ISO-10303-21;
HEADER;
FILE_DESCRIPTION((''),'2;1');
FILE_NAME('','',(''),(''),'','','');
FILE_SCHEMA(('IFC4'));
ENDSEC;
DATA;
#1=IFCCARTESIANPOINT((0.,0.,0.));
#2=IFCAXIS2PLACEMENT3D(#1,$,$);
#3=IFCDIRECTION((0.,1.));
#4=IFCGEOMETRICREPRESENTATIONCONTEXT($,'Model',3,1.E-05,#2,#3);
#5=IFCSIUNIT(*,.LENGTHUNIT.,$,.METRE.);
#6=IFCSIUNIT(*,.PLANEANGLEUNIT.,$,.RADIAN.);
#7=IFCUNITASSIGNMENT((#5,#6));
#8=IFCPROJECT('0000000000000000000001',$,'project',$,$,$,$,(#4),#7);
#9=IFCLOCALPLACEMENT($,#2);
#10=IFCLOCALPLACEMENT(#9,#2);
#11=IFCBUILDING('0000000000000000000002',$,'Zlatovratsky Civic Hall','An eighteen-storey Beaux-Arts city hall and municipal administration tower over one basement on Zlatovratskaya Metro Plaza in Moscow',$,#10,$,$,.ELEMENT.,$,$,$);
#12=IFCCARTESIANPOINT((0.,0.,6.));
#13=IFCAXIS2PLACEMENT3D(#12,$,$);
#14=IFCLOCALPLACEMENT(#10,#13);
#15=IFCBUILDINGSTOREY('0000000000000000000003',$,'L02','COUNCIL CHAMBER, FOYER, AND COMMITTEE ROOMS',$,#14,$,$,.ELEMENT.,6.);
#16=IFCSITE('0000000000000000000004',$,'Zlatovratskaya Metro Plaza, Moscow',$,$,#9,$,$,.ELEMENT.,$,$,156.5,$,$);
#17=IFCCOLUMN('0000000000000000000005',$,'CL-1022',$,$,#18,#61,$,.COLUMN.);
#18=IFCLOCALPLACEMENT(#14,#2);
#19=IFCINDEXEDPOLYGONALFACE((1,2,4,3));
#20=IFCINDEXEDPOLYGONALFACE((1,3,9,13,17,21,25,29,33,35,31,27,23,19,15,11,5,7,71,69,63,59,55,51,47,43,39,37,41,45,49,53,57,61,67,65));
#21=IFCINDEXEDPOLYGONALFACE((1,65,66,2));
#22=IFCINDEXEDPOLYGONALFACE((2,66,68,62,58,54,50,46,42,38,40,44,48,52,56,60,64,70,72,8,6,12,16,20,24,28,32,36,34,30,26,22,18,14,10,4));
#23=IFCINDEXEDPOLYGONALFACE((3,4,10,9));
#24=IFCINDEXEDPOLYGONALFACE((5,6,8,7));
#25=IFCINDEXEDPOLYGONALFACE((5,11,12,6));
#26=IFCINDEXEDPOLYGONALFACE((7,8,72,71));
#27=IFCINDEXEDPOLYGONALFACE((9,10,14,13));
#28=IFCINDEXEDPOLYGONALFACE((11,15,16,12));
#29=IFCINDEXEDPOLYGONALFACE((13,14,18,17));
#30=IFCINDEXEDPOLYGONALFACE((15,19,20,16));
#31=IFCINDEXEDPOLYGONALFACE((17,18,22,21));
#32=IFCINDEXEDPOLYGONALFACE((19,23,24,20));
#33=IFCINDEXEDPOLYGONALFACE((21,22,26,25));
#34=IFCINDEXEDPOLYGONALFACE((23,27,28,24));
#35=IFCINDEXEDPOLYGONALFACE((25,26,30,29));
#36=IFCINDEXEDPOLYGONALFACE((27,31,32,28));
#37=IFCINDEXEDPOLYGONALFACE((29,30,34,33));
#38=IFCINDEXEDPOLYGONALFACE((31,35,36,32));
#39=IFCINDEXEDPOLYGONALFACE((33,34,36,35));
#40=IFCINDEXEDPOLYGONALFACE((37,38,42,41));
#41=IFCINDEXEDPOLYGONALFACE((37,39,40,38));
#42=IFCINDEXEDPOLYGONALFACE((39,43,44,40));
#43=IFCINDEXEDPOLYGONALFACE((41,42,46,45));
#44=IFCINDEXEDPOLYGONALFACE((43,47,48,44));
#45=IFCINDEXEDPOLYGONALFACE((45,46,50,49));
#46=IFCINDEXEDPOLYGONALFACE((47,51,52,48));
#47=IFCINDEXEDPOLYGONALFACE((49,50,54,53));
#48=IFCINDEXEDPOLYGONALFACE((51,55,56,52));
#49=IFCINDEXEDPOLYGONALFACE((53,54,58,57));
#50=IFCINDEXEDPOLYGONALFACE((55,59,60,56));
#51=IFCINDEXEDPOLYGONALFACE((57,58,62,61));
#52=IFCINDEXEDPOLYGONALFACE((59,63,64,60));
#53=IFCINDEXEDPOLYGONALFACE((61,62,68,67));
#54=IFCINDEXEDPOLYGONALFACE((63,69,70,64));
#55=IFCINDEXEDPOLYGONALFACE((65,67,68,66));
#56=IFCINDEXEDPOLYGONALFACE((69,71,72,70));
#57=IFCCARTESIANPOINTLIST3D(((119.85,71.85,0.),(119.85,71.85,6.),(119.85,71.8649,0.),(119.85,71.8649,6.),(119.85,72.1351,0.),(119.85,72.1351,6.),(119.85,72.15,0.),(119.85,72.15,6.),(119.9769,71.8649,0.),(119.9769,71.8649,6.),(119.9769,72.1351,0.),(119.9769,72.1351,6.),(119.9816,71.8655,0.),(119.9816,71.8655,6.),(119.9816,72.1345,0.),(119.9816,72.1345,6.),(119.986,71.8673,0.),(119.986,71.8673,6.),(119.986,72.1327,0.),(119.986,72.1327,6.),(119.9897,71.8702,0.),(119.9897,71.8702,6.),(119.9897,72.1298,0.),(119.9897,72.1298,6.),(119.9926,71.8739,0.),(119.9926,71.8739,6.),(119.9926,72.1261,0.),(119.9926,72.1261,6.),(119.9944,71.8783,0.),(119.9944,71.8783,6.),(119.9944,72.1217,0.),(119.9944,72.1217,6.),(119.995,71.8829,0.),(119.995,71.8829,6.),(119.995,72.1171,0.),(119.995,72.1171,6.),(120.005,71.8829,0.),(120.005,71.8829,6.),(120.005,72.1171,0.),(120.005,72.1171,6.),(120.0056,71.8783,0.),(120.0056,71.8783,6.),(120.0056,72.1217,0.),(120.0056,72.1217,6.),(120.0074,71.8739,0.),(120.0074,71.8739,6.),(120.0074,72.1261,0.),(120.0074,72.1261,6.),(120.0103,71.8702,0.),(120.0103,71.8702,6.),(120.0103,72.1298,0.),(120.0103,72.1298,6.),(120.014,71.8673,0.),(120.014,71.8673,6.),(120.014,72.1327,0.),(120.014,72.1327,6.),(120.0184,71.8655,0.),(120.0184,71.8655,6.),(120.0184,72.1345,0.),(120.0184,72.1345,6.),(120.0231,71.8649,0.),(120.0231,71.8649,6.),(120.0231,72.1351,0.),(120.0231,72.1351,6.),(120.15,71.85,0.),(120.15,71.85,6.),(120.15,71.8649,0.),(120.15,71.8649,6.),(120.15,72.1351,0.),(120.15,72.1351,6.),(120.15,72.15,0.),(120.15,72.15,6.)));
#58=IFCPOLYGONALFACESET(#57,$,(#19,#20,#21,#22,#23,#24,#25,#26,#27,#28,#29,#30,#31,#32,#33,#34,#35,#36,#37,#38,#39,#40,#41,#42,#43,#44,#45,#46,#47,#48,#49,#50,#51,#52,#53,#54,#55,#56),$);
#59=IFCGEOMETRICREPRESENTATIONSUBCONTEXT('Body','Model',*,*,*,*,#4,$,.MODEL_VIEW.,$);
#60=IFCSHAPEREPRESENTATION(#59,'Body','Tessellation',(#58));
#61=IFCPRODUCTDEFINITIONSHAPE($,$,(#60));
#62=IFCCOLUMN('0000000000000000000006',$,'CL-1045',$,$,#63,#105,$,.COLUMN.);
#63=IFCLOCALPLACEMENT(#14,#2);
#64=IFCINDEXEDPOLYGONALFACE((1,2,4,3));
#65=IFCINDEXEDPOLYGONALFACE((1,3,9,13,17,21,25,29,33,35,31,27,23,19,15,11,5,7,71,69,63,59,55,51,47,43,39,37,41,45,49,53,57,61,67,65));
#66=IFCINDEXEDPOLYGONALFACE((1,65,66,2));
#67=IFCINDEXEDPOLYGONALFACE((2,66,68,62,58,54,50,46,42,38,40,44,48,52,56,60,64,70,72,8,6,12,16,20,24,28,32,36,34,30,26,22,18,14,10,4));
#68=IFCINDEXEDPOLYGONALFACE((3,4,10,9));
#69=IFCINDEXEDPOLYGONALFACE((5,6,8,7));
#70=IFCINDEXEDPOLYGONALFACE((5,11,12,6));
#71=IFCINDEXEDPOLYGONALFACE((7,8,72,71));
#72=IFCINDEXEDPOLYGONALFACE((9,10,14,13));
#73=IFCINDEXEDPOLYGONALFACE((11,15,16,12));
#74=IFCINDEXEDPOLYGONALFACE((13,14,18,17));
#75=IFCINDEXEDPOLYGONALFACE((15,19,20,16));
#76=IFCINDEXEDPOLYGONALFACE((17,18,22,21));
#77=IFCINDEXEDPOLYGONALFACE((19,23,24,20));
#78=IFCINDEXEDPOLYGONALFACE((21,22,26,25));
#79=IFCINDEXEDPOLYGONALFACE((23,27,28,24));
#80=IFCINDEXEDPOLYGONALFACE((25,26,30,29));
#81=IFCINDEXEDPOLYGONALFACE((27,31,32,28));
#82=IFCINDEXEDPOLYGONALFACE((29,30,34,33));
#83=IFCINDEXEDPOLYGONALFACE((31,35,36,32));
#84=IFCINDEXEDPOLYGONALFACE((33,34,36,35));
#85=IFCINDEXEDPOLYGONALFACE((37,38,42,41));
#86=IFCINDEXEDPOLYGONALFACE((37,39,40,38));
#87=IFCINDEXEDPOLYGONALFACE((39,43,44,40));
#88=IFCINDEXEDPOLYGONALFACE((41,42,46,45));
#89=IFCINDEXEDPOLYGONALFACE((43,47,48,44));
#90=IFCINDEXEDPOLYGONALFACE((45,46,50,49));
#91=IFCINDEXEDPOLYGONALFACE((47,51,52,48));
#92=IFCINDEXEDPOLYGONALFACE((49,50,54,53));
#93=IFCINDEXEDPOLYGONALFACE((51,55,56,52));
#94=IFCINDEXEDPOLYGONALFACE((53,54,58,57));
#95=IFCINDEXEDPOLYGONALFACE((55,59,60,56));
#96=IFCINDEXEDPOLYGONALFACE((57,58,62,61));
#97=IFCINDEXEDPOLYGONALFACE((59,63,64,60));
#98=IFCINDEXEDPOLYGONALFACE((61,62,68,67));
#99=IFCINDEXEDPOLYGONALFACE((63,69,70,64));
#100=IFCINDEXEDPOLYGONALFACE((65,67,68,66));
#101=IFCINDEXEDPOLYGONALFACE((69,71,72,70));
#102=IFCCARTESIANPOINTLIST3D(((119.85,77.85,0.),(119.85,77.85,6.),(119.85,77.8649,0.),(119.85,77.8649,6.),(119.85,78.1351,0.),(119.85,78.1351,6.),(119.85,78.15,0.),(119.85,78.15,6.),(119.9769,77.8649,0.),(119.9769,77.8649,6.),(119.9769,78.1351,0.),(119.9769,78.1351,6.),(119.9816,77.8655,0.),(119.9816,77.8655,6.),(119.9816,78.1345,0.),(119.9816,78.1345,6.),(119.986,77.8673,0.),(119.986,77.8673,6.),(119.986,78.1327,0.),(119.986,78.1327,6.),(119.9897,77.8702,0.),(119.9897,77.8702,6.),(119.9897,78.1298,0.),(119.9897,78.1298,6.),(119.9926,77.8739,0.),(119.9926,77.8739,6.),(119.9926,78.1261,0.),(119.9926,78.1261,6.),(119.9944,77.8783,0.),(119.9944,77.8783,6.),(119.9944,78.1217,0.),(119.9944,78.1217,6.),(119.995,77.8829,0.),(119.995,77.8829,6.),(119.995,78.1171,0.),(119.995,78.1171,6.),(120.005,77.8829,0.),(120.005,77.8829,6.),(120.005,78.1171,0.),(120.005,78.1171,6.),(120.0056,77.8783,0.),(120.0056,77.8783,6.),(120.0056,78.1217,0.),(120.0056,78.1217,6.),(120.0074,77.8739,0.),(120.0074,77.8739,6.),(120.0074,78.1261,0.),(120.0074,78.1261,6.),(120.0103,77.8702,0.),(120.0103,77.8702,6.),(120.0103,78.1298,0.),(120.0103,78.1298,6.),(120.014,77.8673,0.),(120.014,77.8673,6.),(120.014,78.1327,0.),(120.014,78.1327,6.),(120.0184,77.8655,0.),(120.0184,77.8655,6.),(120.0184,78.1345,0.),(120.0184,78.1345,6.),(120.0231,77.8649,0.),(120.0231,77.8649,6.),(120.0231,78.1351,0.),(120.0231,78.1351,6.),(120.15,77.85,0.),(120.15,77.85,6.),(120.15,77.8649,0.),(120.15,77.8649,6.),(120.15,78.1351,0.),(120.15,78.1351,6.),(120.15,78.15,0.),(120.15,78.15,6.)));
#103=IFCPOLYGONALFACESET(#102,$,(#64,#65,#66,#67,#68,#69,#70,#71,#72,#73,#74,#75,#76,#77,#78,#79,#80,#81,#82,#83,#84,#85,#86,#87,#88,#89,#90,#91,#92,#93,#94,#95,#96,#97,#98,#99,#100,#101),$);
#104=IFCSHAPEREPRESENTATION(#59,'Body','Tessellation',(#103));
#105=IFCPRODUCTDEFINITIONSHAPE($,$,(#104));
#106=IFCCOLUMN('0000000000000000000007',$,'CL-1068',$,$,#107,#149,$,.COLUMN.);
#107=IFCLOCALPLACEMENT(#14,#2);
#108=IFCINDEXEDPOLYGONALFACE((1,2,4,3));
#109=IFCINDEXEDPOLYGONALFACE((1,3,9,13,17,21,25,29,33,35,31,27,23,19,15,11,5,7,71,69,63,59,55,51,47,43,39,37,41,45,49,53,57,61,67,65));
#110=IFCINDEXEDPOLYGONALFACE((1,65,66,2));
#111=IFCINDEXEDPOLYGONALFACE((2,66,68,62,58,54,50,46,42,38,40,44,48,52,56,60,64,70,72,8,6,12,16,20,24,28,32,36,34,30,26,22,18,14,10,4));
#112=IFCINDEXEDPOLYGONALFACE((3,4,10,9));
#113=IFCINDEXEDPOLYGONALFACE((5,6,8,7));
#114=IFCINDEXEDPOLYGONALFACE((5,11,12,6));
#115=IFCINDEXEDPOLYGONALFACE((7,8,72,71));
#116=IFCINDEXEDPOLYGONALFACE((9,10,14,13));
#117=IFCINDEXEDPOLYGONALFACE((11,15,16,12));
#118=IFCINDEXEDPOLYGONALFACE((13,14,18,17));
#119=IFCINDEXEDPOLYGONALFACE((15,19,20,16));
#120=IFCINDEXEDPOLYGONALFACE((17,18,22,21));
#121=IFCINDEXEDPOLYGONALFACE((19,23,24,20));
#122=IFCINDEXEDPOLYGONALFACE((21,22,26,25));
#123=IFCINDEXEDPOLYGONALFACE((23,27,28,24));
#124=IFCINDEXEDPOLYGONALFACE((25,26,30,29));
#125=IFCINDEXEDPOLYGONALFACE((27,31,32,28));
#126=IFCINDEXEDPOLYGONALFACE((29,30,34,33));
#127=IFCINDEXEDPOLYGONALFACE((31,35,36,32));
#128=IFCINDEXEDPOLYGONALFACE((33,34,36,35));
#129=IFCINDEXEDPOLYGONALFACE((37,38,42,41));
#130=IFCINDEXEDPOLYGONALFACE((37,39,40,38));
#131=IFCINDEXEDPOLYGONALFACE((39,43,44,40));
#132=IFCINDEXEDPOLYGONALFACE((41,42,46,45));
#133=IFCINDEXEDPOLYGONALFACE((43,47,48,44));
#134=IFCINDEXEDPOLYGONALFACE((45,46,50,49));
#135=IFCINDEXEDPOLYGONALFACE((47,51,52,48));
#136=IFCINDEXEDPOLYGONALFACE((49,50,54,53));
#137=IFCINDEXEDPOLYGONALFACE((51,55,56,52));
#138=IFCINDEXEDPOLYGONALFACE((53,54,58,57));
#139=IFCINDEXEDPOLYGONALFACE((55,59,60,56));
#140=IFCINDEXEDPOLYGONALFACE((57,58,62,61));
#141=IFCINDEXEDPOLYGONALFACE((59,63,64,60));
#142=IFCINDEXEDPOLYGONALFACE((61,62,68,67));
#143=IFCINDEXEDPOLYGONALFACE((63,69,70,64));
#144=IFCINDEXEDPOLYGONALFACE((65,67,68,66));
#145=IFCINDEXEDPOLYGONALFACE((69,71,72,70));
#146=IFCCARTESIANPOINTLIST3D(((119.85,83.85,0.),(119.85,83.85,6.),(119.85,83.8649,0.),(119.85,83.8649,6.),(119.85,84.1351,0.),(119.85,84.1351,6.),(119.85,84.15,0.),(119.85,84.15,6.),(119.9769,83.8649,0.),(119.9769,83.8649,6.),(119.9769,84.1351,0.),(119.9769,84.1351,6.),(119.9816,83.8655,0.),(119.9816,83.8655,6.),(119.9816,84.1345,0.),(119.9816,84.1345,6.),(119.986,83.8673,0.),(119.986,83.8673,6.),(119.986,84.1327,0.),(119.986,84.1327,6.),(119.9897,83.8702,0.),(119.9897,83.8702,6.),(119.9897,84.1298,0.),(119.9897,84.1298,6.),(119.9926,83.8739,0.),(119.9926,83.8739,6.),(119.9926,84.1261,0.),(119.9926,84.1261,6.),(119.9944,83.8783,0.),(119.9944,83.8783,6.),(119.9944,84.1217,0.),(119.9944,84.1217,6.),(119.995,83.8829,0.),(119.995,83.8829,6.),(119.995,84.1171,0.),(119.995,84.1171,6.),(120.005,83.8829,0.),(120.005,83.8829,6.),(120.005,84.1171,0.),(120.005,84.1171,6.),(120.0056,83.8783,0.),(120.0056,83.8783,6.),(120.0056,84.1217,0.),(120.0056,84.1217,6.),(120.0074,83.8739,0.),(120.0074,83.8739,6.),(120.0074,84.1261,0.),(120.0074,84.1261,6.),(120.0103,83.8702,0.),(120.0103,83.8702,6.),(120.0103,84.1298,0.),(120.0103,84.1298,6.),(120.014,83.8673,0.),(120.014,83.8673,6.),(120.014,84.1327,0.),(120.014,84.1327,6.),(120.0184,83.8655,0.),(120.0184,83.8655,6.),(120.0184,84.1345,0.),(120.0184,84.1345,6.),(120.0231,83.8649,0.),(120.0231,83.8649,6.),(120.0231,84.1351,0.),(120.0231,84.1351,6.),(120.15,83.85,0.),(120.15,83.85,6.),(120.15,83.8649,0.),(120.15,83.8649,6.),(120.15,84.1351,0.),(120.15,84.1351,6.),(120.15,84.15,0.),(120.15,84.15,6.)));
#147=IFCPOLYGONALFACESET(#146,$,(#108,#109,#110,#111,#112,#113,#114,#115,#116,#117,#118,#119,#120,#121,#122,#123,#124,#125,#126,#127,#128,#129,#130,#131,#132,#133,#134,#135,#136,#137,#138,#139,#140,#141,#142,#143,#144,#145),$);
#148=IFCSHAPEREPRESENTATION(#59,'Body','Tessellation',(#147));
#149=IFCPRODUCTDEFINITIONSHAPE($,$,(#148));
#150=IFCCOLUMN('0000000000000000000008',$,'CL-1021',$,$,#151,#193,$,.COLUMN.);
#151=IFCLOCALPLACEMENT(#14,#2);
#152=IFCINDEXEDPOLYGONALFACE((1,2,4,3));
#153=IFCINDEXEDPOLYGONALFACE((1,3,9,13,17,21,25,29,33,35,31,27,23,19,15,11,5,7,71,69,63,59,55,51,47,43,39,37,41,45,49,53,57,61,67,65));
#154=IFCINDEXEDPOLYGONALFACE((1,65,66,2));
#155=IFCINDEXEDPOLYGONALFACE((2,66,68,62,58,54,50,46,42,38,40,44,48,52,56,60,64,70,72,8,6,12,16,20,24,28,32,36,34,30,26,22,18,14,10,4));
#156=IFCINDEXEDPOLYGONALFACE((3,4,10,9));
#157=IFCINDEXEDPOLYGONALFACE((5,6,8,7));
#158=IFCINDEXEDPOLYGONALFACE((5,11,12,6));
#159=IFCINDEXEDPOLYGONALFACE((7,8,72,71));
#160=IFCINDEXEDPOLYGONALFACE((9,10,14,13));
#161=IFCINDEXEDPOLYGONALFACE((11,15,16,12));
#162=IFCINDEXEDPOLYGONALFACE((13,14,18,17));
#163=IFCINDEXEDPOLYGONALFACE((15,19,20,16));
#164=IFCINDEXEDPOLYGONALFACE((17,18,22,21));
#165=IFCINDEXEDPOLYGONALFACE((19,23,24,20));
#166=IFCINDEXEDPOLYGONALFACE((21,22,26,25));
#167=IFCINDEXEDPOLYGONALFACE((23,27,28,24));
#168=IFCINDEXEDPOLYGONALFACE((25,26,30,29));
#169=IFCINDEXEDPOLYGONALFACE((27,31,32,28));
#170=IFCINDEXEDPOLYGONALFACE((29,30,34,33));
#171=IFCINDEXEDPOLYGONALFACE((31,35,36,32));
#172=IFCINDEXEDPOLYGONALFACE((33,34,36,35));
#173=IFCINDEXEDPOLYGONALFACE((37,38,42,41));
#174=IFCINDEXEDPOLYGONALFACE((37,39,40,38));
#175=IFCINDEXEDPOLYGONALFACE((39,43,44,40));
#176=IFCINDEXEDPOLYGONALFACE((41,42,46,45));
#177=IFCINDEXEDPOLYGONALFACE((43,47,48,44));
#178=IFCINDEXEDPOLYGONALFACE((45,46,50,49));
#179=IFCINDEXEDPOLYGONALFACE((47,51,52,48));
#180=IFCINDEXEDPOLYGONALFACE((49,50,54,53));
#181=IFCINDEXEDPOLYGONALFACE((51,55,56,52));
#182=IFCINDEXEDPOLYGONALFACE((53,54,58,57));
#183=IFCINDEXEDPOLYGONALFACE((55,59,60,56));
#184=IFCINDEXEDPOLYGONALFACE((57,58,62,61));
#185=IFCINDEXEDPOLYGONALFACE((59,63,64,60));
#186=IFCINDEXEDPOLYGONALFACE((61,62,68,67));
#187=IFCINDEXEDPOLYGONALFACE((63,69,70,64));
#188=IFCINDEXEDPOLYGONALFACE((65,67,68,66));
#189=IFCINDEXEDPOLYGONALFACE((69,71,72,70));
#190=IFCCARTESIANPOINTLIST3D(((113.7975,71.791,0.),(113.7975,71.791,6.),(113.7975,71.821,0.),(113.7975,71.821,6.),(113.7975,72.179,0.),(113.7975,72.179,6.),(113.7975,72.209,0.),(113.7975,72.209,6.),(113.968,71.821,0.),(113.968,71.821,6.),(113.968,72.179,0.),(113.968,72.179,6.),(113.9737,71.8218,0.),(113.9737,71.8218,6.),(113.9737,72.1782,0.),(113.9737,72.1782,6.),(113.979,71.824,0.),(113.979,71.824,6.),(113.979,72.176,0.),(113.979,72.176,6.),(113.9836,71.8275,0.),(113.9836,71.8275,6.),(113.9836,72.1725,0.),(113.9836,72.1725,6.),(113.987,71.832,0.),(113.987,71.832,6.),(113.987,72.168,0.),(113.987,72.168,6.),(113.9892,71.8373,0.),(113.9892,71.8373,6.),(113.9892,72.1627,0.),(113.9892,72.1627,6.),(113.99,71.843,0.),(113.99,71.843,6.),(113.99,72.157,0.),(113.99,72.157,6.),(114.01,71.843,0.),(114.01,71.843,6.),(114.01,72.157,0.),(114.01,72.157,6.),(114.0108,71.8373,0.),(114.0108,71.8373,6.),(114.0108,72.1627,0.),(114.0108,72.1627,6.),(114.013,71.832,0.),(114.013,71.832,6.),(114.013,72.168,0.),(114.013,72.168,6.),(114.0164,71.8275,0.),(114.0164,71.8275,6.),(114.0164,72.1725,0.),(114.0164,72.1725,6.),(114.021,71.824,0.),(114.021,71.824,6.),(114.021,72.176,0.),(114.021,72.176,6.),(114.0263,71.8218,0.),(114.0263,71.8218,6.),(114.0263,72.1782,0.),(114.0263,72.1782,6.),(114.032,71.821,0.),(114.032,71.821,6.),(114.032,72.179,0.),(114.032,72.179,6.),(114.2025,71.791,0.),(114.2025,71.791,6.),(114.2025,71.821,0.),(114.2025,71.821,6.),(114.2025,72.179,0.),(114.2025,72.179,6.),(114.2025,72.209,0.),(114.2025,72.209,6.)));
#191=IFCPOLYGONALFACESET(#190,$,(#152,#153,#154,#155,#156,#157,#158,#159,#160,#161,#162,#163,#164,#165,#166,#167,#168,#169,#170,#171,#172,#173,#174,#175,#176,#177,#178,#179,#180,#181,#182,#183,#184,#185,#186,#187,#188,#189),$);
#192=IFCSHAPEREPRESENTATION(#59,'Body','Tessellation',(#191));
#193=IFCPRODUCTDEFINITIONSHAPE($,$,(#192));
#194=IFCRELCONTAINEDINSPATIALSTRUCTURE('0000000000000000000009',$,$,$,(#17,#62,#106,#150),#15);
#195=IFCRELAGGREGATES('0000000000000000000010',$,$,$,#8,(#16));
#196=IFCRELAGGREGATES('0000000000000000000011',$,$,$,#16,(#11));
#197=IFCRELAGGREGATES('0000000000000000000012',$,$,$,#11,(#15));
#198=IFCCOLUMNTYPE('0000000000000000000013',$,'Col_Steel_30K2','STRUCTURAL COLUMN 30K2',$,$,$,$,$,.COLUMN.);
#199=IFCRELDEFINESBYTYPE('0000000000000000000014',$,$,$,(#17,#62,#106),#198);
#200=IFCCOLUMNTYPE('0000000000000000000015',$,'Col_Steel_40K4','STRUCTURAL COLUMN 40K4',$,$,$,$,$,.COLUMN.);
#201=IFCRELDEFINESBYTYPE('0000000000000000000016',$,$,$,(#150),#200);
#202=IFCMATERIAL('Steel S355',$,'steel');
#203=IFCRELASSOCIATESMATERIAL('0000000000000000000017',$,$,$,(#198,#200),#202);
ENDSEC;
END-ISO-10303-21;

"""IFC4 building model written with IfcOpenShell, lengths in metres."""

from ifc_helpers import new_model, si_unit, direction, frame, origin, origin_2d, place, context, subcontext, project, spatial, i_section, extrude, material, material_profile, profile_set, type_object, element, save


model = new_model("IFC4")

# Units and contexts
model_context = context("Model", 3, precision=1e-05, world=origin(), true_north=direction((0.0, 1.0)))
body_context = subcontext(model_context, "Body", "Model", "MODEL_VIEW")
ifc_project = project(units=[si_unit("LENGTHUNIT", "METRE"), si_unit("PLANEANGLEUNIT", "RADIAN")], contexts=[model_context])

# Site, building, storey
site_placement = place(None, origin())
site = spatial("IfcSite", under=ifc_project, at=site_placement, Name="Zlatovratskaya Metro Plaza, Moscow", CompositionType="ELEMENT", RefElevation=156.5)
building_placement = place(site_placement, origin())
building = spatial("IfcBuilding", under=site, at=building_placement, Name="Zlatovratsky Civic Hall", Description="An eighteen-storey Beaux-Arts city hall and municipal administration tower over one basement on Zlatovratskaya Metro Plaza in Moscow", CompositionType="ELEMENT")
storey_placement = place(building_placement, frame((0.0, 0.0, 6.0)))
storey = spatial("IfcBuildingStorey", under=building, at=storey_placement, Name="L02", Description="COUNCIL CHAMBER, FOYER, AND COMMITTEE ROOMS", CompositionType="ELEMENT", Elevation=6.0)

# Columns
ifc_material_1 = material(Name="Steel S355", Category="steel")
ifc_material_profile_1 = material_profile(ifc_material_1, i_section(OverallWidth=0.3, OverallDepth=0.3, WebThickness=0.01, FlangeThickness=0.0149, FilletRadius=0.0181, at=origin_2d()), Name="30K2")
ifc_profile_set_1 = profile_set([ifc_material_profile_1], Name="Steel S355")
column_type_1 = type_object("IfcColumnType", Name="Col_Steel_30K2", Description="STRUCTURAL COLUMN 30K2", PredefinedType="COLUMN", material=ifc_profile_set_1)
for number, where, z_axis, x_axis, name in (
    (1, (120.0, 72.0, 0.0), (0.0, 0.0, 1.0), (1.0, 0.0, 0.0), "CL-1022"),
    (2, (120.0, 78.0, 0.0), (0.0, 0.0, 1.0), (1.0, 0.0, 0.0), "CL-1045"),
    (3, (120.0, 84.0, 0.0), (0.0, 0.0, 1.0), (1.0, 0.0, 0.0), "CL-1068"),
):
    element("IfcColumn", number, at=place(storey_placement, frame(where, z_axis=z_axis, x_axis=x_axis)), inside=storey, type_object=column_type_1, Name=name, PredefinedType="COLUMN", context=body_context, shape_type="SweptSolid", body=[
        extrude(i_section(OverallWidth=0.3, OverallDepth=0.3, WebThickness=0.01, FlangeThickness=0.0149, FilletRadius=0.0181, at=origin_2d()), origin(), (0.0, 0.0, 1.0), 6.0),
    ])
ifc_material_profile_2 = material_profile(ifc_material_1, i_section(OverallWidth=0.405, OverallDepth=0.418, WebThickness=0.02, FlangeThickness=0.03, FilletRadius=0.022, at=origin_2d()), Name="40K4")
ifc_profile_set_2 = profile_set([ifc_material_profile_2], Name="Steel S355")
column_type_2 = type_object("IfcColumnType", Name="Col_Steel_40K4", Description="STRUCTURAL COLUMN 40K4", PredefinedType="COLUMN", material=ifc_profile_set_2)
for number, where, z_axis, x_axis, name in (
    (4, (114.0, 72.0, 0.0), (0.0, 0.0, 1.0), (1.0, 0.0, 0.0), "CL-1021"),
):
    element("IfcColumn", number, at=place(storey_placement, frame(where, z_axis=z_axis, x_axis=x_axis)), inside=storey, type_object=column_type_2, Name=name, PredefinedType="COLUMN", context=body_context, shape_type="SweptSolid", body=[
        extrude(i_section(OverallWidth=0.405, OverallDepth=0.418, WebThickness=0.02, FlangeThickness=0.03, FilletRadius=0.022, at=origin_2d()), origin(), (0.0, 0.0, 1.0), 6.0),
    ])

save(model, "model.ifc")
